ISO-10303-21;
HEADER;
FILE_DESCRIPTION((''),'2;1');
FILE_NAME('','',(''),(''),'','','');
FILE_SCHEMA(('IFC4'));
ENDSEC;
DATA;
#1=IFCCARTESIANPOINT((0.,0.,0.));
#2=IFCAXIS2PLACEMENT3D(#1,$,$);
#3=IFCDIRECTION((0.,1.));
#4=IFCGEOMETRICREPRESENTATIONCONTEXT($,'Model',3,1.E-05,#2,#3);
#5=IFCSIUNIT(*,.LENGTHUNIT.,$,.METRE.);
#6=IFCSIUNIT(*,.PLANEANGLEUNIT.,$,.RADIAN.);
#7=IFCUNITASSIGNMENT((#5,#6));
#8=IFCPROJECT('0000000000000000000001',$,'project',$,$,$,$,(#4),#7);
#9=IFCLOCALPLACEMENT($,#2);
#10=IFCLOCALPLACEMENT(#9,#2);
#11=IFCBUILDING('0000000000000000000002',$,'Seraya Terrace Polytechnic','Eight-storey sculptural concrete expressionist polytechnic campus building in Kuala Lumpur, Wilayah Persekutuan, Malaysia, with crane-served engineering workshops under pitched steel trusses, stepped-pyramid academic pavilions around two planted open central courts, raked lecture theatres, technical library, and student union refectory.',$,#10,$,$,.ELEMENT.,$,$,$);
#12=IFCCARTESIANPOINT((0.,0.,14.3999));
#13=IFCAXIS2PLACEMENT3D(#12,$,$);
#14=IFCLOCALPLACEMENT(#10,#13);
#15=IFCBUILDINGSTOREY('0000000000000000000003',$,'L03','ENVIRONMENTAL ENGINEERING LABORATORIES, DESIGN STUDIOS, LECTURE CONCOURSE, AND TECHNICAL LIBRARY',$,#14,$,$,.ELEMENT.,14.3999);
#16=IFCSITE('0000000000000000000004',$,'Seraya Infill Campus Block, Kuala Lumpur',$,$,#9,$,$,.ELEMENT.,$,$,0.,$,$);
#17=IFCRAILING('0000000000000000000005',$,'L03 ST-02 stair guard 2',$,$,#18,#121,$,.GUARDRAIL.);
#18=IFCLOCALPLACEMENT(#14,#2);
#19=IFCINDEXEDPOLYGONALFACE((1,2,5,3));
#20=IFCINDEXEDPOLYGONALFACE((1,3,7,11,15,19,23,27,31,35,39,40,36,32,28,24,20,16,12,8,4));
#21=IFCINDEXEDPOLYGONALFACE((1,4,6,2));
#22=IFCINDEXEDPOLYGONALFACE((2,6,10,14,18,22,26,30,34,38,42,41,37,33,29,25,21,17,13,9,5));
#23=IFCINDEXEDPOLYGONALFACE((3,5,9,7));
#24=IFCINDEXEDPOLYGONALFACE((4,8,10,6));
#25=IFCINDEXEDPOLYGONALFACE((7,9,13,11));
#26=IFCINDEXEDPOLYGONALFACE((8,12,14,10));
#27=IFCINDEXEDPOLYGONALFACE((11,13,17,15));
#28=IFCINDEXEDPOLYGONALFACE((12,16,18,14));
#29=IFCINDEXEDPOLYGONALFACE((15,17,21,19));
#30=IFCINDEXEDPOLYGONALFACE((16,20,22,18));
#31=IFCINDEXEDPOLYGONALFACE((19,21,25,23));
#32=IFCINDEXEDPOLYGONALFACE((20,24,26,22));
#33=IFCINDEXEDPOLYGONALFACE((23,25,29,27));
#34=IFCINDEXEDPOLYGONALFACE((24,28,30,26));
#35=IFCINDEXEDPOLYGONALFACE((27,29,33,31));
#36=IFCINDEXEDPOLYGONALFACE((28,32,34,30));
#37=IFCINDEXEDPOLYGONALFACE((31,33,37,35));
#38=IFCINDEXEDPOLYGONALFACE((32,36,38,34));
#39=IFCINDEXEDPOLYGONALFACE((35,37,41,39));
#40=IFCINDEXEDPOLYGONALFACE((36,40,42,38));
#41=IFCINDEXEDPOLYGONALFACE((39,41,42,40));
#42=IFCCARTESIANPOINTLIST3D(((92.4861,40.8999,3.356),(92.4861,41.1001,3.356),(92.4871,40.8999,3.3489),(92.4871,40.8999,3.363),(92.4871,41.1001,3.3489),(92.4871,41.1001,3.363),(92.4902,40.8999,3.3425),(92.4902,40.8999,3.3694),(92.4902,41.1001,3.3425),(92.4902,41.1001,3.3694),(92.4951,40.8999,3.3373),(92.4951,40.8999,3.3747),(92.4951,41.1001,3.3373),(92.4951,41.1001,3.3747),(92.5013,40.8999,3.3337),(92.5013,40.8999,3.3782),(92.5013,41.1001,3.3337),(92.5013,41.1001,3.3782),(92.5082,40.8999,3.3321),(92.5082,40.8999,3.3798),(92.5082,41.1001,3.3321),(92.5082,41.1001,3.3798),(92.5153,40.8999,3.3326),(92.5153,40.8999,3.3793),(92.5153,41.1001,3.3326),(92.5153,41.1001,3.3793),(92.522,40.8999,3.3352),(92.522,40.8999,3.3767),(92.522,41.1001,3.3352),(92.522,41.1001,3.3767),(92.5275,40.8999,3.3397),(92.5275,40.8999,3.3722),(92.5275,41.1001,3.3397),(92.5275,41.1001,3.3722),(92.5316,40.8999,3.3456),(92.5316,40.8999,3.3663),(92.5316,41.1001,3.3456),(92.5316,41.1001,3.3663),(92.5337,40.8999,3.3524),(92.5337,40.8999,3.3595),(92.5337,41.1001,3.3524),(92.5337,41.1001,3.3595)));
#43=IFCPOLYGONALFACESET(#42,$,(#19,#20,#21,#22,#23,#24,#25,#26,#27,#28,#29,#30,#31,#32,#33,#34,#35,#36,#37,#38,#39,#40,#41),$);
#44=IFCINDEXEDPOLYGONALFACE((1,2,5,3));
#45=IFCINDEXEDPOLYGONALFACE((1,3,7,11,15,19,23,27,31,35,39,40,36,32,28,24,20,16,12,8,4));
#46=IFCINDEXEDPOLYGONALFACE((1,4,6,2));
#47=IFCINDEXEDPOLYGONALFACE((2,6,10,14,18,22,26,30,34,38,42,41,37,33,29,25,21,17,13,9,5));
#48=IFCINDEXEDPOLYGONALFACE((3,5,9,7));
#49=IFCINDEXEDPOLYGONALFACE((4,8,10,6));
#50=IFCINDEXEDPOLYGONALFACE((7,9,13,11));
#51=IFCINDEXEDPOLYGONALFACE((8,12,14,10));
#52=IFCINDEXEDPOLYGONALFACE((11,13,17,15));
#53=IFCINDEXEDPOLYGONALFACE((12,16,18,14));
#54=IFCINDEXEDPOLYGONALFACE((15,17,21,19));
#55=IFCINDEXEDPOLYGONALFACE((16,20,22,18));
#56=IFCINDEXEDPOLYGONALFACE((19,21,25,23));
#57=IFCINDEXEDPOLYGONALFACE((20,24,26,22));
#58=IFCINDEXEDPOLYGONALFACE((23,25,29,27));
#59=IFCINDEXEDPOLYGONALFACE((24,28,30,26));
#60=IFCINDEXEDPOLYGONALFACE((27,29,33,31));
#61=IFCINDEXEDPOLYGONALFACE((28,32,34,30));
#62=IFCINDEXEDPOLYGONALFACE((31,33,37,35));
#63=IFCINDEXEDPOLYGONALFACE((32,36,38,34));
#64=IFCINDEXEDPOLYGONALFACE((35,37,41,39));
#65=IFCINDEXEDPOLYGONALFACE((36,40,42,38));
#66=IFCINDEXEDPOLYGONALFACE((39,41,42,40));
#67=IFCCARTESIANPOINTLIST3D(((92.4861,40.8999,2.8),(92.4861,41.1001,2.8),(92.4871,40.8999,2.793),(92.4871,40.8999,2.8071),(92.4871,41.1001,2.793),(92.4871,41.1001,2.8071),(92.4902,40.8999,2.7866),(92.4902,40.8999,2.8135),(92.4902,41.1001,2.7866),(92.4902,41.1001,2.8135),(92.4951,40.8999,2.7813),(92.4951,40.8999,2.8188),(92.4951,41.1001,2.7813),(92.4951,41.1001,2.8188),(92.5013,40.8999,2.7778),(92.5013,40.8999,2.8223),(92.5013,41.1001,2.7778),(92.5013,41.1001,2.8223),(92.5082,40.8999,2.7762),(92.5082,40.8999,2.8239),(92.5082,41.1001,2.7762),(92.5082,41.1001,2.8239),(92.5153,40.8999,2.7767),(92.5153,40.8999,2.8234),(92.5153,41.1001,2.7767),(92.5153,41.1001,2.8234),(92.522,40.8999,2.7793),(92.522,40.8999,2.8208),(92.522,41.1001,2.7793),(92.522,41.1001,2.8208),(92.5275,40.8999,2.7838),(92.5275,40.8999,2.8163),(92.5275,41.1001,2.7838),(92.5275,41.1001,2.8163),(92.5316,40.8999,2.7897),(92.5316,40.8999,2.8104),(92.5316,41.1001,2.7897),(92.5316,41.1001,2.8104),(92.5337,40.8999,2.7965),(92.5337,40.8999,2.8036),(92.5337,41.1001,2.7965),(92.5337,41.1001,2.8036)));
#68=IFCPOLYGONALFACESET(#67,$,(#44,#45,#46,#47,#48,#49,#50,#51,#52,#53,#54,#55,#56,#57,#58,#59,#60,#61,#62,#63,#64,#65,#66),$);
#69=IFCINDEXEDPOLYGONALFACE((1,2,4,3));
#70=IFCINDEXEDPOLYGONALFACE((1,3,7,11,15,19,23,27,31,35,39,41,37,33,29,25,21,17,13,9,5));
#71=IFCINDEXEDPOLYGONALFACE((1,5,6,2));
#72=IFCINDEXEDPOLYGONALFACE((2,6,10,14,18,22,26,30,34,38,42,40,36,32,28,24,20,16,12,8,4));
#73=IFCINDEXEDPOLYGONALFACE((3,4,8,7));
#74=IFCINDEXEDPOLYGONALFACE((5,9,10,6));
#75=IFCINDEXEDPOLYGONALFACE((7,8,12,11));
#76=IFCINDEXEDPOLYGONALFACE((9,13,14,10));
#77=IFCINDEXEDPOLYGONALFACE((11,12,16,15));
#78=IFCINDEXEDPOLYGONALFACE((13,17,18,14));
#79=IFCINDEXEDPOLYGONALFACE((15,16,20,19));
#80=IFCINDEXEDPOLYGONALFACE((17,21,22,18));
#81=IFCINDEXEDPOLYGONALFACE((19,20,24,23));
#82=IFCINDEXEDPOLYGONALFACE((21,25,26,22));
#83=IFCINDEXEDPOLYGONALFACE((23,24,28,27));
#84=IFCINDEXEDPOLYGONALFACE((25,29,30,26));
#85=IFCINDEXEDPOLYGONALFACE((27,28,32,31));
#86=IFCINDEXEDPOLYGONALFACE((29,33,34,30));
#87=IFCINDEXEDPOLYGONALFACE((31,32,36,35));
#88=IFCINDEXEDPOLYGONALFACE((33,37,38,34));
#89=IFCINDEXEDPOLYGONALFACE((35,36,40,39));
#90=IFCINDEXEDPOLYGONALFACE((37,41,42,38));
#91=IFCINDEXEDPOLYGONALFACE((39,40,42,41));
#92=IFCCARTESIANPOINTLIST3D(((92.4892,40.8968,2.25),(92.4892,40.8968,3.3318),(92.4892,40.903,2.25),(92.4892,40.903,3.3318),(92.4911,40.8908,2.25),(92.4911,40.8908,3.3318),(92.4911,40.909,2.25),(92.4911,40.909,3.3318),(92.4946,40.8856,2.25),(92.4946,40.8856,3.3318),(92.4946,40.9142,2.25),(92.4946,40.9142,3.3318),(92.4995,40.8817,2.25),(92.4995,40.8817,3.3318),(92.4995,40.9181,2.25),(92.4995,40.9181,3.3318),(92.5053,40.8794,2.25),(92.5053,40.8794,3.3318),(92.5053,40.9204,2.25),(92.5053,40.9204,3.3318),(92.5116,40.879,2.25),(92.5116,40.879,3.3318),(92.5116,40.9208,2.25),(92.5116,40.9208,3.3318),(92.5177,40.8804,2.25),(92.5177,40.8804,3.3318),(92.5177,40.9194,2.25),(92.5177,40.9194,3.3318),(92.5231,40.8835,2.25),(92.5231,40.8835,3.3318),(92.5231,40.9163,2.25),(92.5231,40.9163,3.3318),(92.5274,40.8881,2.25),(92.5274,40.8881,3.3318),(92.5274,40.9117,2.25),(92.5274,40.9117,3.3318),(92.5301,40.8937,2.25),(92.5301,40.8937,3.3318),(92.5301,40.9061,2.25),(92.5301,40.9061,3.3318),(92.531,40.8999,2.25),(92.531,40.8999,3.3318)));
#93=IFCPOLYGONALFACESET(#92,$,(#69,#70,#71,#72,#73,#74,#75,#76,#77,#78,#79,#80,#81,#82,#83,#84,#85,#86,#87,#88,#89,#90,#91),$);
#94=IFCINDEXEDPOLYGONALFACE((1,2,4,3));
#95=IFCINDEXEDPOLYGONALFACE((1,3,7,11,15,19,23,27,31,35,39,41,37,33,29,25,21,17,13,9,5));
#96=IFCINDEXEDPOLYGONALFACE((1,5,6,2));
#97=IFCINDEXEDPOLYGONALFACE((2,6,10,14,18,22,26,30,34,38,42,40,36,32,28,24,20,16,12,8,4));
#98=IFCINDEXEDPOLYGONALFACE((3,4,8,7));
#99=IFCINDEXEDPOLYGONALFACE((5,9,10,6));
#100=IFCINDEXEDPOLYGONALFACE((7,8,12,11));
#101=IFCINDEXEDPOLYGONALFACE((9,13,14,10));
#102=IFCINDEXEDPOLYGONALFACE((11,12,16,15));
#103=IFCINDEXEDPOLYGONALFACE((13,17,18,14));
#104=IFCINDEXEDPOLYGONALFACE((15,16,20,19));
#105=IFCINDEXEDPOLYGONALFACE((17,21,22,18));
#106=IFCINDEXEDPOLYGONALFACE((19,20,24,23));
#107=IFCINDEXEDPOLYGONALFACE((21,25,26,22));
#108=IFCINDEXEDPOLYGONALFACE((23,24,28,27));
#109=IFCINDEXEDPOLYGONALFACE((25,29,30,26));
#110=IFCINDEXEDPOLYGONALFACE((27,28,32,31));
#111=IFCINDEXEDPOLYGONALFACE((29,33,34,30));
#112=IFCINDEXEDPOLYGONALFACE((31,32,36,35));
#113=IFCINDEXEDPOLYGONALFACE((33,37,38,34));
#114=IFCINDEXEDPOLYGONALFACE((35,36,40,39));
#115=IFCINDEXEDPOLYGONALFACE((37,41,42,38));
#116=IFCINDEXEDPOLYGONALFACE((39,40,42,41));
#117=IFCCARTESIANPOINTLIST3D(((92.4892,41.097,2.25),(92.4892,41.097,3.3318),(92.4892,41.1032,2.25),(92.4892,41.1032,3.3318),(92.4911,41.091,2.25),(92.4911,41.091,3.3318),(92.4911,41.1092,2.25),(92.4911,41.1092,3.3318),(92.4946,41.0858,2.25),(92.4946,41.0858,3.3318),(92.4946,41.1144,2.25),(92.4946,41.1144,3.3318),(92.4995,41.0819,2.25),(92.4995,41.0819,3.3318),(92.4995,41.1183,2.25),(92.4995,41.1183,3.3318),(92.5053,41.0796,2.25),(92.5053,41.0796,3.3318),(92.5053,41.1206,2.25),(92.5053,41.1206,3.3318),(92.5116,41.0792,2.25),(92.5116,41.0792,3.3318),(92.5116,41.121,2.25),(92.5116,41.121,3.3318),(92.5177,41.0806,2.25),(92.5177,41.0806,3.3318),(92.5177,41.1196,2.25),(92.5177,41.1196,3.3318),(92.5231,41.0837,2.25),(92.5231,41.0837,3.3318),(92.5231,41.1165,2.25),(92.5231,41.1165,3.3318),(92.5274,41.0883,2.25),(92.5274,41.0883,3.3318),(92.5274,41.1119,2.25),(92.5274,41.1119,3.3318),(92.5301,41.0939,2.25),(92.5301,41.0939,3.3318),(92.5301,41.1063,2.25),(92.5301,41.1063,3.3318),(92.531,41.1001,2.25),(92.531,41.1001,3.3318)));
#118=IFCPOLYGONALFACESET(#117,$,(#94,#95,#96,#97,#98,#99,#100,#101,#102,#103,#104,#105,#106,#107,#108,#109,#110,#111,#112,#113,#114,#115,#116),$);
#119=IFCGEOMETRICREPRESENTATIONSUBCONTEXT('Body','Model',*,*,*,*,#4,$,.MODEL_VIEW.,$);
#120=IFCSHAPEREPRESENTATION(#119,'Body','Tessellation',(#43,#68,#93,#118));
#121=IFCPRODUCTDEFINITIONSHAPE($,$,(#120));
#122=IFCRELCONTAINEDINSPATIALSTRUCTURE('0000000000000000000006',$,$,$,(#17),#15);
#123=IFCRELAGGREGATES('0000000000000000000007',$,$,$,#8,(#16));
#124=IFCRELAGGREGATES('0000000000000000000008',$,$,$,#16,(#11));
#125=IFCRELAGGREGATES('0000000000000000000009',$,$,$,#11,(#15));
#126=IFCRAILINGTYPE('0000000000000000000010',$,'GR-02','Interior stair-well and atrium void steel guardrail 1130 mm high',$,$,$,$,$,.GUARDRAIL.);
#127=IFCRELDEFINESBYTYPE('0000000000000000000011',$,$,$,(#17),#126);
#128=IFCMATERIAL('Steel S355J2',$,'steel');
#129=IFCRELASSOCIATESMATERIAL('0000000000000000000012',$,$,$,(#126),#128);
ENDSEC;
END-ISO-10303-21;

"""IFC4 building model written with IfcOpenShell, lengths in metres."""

from ifc_helpers import new_model, si_unit, direction, frame, origin, origin_2d, place, context, subcontext, project, spatial, circle, extrude, material, type_object, element, save


model = new_model("IFC4")

# Units and contexts
model_context = context("Model", 3, precision=1e-05, world=origin(), true_north=direction((0.0, 1.0)))
body_context = subcontext(model_context, "Body", "Model", "MODEL_VIEW")
ifc_project = project(units=[si_unit("LENGTHUNIT", "METRE"), si_unit("PLANEANGLEUNIT", "RADIAN")], contexts=[model_context])

# Site, building, storey
site_placement = place(None, origin())
site = spatial("IfcSite", under=ifc_project, at=site_placement, Name="Seraya Infill Campus Block, Kuala Lumpur", CompositionType="ELEMENT", RefElevation=0.0)
building_placement = place(site_placement, origin())
building = spatial("IfcBuilding", under=site, at=building_placement, Name="Seraya Terrace Polytechnic", Description="Eight-storey sculptural concrete expressionist polytechnic campus building in Kuala Lumpur, Wilayah Persekutuan, Malaysia, with crane-served engineering workshops under pitched steel trusses, stepped-pyramid academic pavilions around two planted open central courts, raked lecture theatres, technical library, and student union refectory.", CompositionType="ELEMENT")
storey_placement = place(building_placement, frame((0.0, 0.0, 14.3999)))
storey = spatial("IfcBuildingStorey", under=building, at=storey_placement, Name="L03", Description="ENVIRONMENTAL ENGINEERING LABORATORIES, DESIGN STUDIOS, LECTURE CONCOURSE, AND TECHNICAL LIBRARY", CompositionType="ELEMENT", Elevation=14.3999)

# Shared definitions
ifc_material_1 = material(Name="Steel S355J2", Category="steel")

# Railing
railing_type_1 = type_object("IfcRailingType", Name="GR-02", Description="Interior stair-well and atrium void steel guardrail 1130 mm high", PredefinedType="GUARDRAIL", material=ifc_material_1)
railing_1_placement = place(storey_placement, frame((92.51, 40.8999, 2.25)))
element("IfcRailing", 1, at=railing_1_placement, inside=storey, type_object=railing_type_1, Name="L03 ST-02 stair guard 2", PredefinedType="GUARDRAIL", context=body_context, shape_type="SweptSolid", body=[
    extrude(circle(Radius=0.0239, at=origin_2d()), frame((0.0, 0.0, 1.106), z_axis=(0.0, 1.0, 0.0), x_axis=(-1.0, 0.0, 0.0)), (0.0, 0.0, 1.0), 0.2002),
    extrude(circle(Radius=0.0239, at=origin_2d()), frame((0.0, 0.0, 0.55), z_axis=(0.0, 1.0, 0.0), x_axis=(-1.0, 0.0, 0.0)), (0.0, 0.0, 1.0), 0.2002),
    extrude(circle(Radius=0.021, at=origin_2d()), origin(), (0.0, 0.0, 1.0), 1.0818),
    extrude(circle(Radius=0.021, at=origin_2d()), frame((0.0, 0.2002, 0.0)), (0.0, 0.0, 1.0), 1.0818),
])

save(model, "model.ifc")
